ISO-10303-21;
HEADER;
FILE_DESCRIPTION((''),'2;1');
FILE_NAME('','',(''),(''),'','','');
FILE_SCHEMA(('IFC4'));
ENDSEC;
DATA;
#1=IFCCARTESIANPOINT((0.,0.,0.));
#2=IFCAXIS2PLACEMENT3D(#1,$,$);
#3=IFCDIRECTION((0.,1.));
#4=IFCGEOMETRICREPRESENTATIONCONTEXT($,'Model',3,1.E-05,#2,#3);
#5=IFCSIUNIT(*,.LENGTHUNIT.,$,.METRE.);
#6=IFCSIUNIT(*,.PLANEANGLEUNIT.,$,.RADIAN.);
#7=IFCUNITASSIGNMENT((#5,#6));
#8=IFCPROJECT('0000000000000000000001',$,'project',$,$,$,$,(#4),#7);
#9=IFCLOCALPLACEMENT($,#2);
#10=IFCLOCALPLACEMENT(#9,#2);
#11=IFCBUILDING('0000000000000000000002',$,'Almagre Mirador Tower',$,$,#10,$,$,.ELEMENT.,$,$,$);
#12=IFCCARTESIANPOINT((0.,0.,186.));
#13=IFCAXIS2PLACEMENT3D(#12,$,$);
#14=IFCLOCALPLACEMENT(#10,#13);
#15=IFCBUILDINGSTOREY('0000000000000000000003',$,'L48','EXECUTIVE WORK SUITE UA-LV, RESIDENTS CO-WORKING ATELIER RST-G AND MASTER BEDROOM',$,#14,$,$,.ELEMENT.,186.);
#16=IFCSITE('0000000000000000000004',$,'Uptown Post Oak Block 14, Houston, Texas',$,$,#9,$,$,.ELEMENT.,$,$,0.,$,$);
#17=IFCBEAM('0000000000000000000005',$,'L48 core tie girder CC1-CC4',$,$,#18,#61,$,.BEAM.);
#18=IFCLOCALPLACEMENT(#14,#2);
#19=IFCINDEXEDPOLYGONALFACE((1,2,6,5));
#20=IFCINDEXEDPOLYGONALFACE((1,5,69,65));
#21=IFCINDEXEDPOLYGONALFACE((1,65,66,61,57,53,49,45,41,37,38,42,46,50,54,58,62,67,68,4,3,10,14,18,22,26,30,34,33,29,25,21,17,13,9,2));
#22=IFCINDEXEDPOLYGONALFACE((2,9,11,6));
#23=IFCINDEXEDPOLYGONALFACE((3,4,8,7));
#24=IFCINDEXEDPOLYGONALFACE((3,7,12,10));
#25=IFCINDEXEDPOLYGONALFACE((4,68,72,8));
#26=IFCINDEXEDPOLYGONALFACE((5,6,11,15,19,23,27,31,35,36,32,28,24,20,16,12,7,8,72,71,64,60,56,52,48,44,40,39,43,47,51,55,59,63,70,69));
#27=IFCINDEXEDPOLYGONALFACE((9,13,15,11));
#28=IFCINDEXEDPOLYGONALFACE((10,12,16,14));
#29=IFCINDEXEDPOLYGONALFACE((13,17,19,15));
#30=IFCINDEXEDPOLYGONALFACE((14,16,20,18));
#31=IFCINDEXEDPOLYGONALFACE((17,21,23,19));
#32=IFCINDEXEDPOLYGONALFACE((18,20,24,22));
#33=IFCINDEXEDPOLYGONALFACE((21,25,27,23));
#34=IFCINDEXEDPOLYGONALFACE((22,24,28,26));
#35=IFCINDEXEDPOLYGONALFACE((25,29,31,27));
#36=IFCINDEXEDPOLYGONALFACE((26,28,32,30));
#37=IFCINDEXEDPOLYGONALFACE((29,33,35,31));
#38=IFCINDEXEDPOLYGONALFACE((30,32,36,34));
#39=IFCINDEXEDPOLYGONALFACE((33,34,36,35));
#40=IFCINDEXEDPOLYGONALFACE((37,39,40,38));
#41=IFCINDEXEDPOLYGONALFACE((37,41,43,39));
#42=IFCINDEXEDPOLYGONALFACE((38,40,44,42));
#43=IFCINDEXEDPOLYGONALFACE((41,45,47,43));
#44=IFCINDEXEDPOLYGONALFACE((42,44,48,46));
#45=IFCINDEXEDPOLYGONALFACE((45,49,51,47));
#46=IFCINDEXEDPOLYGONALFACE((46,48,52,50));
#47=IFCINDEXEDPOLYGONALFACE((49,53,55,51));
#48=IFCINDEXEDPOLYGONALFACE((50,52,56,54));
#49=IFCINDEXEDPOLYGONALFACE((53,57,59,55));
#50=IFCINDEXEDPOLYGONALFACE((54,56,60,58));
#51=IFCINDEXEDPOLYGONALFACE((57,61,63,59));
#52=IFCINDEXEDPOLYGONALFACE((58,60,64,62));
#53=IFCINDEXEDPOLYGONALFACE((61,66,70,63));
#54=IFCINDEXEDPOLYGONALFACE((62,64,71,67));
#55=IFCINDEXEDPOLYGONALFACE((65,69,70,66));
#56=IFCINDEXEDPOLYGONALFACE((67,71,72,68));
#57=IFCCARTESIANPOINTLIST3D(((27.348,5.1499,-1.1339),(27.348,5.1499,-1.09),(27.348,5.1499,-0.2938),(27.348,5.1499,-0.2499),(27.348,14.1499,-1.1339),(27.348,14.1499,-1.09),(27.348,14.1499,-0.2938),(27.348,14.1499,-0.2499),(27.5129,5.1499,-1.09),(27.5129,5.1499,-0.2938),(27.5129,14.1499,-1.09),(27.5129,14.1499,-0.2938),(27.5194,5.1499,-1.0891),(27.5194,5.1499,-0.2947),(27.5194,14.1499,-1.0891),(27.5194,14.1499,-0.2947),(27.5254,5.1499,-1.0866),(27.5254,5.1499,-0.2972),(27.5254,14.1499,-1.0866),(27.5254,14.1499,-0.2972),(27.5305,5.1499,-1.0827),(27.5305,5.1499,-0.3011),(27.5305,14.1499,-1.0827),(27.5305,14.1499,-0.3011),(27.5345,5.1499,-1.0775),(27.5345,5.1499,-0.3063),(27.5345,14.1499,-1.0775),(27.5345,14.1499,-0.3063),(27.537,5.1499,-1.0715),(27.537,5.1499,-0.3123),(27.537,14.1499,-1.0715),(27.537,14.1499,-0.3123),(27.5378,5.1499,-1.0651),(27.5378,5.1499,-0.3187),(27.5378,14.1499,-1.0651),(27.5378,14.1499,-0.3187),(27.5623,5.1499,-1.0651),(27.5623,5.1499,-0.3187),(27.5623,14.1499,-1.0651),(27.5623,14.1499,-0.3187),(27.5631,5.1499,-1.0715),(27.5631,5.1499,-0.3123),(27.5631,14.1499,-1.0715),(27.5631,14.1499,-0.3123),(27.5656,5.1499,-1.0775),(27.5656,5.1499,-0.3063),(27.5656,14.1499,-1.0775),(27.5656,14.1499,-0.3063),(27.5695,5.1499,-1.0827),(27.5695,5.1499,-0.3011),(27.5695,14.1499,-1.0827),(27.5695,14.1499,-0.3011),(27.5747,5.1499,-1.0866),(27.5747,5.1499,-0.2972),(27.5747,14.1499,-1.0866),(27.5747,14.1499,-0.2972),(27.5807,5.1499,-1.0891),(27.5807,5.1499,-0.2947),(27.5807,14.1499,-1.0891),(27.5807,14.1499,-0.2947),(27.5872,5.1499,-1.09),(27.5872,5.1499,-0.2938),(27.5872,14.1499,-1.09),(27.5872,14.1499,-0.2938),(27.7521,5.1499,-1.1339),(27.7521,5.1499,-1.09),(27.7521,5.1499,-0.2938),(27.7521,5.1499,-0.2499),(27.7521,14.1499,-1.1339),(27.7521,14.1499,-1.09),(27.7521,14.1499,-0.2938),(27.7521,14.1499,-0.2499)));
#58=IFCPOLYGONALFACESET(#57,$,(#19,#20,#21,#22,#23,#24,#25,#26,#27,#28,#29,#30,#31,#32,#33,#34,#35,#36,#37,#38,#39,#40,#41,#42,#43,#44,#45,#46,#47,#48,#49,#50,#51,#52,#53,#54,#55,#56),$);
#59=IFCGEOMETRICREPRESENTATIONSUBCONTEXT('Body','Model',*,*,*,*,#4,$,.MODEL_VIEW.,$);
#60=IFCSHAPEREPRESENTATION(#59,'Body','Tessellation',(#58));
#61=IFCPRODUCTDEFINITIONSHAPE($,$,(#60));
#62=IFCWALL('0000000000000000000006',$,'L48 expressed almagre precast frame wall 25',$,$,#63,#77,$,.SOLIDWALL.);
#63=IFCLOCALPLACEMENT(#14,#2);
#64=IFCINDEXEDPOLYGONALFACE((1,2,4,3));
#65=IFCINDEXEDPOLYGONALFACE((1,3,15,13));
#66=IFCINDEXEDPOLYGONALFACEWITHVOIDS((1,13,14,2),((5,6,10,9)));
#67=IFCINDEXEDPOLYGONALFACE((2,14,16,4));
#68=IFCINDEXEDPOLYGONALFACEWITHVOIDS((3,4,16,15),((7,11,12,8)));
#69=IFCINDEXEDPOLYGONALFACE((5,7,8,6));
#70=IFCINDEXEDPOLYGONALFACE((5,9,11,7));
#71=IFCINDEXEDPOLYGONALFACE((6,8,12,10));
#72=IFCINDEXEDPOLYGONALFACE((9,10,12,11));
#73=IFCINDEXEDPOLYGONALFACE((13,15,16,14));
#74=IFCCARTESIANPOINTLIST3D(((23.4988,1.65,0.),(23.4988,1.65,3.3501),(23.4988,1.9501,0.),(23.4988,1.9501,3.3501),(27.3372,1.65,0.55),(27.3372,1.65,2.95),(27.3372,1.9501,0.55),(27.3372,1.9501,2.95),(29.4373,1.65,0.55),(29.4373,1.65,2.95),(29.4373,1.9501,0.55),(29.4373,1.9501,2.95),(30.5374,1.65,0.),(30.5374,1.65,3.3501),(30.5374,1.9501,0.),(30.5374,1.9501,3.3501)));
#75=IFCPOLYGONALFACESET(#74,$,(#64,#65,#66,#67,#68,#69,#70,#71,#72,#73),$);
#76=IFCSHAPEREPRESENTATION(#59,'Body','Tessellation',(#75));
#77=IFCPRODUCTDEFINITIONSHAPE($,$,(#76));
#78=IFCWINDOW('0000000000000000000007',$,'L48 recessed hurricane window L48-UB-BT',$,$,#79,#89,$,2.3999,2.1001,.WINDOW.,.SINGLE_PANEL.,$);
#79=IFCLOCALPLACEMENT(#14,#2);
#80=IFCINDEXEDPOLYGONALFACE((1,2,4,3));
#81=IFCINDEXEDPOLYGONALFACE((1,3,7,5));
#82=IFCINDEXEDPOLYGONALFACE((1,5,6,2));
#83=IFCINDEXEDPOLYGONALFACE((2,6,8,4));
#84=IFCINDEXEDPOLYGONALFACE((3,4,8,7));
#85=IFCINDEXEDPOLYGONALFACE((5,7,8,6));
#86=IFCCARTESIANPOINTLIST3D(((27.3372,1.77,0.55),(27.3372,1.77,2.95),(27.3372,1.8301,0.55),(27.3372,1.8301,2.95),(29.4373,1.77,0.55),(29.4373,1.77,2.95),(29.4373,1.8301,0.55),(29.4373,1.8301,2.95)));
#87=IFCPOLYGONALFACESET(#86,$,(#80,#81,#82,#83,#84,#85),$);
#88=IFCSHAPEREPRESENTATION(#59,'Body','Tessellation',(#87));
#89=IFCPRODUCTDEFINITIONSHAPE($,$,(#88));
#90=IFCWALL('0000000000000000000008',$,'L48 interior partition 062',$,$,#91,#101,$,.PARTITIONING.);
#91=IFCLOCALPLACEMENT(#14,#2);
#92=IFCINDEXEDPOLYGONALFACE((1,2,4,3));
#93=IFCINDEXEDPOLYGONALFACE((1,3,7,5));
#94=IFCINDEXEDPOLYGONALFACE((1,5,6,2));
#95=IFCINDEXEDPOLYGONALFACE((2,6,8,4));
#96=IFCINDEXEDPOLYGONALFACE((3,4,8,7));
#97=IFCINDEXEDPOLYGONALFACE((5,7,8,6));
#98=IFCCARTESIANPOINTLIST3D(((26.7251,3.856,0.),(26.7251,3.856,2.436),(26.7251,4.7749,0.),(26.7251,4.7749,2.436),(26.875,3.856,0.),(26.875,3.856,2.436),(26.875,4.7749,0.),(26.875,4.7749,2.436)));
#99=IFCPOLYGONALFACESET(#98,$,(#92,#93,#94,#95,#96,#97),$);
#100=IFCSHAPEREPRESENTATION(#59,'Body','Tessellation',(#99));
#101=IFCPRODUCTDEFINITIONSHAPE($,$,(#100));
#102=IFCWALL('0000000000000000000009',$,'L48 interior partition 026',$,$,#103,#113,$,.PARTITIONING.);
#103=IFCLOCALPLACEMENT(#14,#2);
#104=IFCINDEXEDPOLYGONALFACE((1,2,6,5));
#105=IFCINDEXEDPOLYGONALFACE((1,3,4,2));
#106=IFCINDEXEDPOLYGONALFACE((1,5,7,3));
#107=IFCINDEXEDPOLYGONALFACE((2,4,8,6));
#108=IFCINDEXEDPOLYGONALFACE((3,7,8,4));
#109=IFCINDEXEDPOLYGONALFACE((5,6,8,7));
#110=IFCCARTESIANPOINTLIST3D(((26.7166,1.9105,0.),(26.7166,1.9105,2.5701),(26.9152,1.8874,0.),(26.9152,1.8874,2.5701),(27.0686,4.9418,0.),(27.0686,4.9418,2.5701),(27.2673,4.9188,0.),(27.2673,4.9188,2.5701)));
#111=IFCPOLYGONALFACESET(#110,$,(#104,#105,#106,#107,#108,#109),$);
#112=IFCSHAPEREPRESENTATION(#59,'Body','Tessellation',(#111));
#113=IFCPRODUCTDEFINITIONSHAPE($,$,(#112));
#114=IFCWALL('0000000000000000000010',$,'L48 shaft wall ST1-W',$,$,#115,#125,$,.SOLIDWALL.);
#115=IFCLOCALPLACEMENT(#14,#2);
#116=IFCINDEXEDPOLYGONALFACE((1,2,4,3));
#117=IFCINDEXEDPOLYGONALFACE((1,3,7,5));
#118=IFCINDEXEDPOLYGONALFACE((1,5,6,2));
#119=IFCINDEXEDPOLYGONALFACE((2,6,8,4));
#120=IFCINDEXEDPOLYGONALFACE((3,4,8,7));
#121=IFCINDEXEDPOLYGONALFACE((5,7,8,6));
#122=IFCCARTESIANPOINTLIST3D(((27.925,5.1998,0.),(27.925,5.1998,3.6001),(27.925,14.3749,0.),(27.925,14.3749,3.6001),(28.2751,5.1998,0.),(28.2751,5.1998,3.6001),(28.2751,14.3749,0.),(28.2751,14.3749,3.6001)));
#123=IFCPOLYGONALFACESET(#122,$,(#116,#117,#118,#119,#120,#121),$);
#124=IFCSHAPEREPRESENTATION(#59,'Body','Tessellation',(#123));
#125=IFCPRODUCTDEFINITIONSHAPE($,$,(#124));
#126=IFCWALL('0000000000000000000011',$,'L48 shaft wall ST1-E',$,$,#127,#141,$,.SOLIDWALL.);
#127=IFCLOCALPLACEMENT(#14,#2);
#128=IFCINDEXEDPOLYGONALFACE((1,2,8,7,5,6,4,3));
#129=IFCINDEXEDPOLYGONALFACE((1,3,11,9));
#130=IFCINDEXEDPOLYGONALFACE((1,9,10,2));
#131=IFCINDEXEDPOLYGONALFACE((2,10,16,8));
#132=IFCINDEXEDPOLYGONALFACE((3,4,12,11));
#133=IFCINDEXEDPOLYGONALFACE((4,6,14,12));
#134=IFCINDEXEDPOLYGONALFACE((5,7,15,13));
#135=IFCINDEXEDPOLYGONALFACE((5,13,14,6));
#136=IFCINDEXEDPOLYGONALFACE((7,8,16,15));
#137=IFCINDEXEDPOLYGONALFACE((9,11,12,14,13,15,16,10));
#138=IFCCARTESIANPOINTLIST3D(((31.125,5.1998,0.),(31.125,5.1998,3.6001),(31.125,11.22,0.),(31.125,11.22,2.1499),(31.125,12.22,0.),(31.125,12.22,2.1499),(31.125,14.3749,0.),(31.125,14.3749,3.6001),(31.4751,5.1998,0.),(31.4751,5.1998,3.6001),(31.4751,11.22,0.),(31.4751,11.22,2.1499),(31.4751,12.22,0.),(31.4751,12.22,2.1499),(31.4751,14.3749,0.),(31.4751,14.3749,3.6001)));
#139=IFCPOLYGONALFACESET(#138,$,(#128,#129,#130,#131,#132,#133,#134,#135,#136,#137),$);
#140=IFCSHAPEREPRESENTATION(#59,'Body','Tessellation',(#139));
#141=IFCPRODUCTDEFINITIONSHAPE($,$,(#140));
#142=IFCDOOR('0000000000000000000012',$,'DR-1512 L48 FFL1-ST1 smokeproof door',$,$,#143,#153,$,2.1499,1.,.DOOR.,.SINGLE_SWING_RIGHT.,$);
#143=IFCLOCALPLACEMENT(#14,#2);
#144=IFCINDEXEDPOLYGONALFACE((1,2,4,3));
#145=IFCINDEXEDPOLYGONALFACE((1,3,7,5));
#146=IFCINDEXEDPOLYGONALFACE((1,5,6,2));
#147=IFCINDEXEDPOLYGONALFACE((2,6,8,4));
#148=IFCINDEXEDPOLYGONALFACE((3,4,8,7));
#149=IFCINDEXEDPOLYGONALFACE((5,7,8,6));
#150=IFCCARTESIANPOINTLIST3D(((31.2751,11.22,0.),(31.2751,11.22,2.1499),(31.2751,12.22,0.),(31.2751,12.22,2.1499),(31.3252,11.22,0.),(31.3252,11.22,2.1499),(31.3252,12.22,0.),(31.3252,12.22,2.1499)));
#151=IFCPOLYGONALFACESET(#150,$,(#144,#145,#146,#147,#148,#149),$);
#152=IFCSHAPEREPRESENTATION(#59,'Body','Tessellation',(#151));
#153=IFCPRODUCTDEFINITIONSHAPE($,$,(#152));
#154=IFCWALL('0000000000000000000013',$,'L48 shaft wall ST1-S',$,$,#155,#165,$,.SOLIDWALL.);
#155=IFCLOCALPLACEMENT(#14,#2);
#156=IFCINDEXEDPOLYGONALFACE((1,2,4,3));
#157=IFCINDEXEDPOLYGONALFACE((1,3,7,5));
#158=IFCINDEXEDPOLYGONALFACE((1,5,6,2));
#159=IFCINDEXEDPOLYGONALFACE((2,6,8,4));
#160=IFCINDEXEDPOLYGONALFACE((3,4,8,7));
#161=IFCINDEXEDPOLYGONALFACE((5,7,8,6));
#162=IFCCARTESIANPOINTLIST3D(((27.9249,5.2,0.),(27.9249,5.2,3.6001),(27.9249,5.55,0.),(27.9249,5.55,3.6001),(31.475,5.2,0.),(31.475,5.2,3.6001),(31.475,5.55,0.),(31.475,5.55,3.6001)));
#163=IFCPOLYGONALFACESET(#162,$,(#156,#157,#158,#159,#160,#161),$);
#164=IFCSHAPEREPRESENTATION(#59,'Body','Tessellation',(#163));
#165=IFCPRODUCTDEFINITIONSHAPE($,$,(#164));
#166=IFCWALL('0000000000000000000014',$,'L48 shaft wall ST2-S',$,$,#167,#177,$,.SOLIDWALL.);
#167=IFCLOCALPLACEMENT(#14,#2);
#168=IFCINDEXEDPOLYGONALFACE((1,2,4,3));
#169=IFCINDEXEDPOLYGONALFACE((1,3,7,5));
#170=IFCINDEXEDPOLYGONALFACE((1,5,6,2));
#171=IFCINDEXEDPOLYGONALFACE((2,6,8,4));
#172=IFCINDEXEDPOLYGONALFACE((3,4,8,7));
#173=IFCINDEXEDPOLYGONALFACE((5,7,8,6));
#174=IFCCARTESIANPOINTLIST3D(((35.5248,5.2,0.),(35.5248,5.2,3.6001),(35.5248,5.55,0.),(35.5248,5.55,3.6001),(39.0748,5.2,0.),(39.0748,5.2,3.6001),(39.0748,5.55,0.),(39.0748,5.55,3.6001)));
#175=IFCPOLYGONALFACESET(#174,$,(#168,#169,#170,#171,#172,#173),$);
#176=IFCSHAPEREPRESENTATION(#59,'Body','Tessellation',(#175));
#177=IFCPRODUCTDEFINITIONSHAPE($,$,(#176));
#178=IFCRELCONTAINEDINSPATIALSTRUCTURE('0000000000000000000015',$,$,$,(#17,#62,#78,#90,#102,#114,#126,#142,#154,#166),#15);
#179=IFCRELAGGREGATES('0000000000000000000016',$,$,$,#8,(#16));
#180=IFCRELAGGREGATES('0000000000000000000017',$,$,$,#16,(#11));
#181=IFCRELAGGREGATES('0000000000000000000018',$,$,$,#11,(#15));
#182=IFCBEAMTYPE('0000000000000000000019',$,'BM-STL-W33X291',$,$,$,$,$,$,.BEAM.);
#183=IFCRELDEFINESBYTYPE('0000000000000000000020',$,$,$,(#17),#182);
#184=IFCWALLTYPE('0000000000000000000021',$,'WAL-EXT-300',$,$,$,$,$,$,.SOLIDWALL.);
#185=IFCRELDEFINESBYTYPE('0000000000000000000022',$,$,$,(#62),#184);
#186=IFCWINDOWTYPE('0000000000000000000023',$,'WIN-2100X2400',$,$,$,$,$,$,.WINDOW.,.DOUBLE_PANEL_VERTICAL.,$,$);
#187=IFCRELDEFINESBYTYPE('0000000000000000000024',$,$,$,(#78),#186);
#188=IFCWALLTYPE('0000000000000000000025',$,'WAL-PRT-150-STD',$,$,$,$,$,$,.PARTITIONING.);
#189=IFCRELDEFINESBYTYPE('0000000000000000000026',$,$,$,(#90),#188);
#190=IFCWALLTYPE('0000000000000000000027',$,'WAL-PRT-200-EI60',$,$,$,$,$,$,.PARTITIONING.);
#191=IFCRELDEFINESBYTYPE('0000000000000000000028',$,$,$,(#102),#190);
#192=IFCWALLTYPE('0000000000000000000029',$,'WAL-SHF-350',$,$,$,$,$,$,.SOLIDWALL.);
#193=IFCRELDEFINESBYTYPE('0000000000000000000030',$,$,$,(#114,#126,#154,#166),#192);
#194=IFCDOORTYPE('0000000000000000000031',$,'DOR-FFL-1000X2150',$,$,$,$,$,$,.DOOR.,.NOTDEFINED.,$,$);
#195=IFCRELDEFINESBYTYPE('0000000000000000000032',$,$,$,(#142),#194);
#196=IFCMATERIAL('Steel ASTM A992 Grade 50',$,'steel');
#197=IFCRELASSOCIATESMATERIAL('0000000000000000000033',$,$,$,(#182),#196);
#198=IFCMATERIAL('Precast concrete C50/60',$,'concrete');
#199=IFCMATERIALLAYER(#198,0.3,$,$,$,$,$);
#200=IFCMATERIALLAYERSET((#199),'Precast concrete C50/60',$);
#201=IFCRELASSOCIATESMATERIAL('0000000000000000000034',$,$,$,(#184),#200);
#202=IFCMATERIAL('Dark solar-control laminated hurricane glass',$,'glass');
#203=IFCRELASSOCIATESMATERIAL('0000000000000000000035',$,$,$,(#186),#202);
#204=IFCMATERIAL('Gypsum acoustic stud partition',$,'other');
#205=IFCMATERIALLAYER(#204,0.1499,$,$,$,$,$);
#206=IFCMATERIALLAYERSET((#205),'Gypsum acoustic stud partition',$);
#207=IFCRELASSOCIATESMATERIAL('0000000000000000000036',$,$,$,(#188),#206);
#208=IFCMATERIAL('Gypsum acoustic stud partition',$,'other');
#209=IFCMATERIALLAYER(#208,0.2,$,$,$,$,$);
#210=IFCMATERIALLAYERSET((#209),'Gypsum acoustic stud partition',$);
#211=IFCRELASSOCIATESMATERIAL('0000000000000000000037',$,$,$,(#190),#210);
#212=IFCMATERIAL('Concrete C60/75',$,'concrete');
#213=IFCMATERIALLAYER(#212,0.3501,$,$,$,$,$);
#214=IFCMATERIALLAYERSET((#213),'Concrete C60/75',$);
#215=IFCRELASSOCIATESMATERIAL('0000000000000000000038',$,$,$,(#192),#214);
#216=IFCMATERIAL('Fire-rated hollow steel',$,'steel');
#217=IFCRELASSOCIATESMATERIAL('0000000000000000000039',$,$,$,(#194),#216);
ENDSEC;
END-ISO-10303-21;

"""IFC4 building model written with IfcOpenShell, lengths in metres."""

from ifc_helpers import new_model, si_unit, direction, frame, frame_2d, origin, origin_2d, place, context, subcontext, project, spatial, rectangle, i_section, extrude, material, layer, layer_set, material_profile, profile_set, type_object, element, fill, save


model = new_model("IFC4")

# Units and contexts
model_context = context("Model", 3, precision=1e-05, world=origin(), true_north=direction((0.0, 1.0)))
body_context = subcontext(model_context, "Body", "Model", "MODEL_VIEW")
ifc_project = project(units=[si_unit("LENGTHUNIT", "METRE"), si_unit("PLANEANGLEUNIT", "RADIAN")], contexts=[model_context])

# Site, building, storey
site_placement = place(None, origin())
site = spatial("IfcSite", under=ifc_project, at=site_placement, Name="Uptown Post Oak Block 14, Houston, Texas", CompositionType="ELEMENT", RefElevation=0.0)
building_placement = place(site_placement, origin())
building = spatial("IfcBuilding", under=site, at=building_placement, Name="Almagre Mirador Tower", CompositionType="ELEMENT")
storey_placement = place(building_placement, frame((0.0, 0.0, 186.0)))
storey = spatial("IfcBuildingStorey", under=building, at=storey_placement, Name="L48", Description="EXECUTIVE WORK SUITE UA-LV, RESIDENTS CO-WORKING ATELIER RST-G AND MASTER BEDROOM", CompositionType="ELEMENT", Elevation=186.0)

# Beam
ifc_material_1 = material(Name="Steel ASTM A992 Grade 50", Category="steel")
ifc_material_profile_1 = material_profile(ifc_material_1, i_section(OverallWidth=0.4041, OverallDepth=0.884, WebThickness=0.0244, FlangeThickness=0.0439, FilletRadius=0.0249, at=origin_2d()), Name="W33X291")
ifc_profile_set_1 = profile_set([ifc_material_profile_1], Name="Steel ASTM A992 Grade 50")
beam_type_1 = type_object("IfcBeamType", Name="BM-STL-W33X291", PredefinedType="BEAM", material=ifc_profile_set_1)
beam_1_placement = place(storey_placement, frame((27.55, 5.1499, -0.6919), z_axis=(0.0, 1.0, 0.0), x_axis=(-1.0, 0.0, 0.0)))
element("IfcBeam", 1, at=beam_1_placement, inside=storey, type_object=beam_type_1, Name="L48 core tie girder CC1-CC4", PredefinedType="BEAM", context=body_context, shape_type="SweptSolid", body=[
    extrude(i_section(OverallWidth=0.4041, OverallDepth=0.884, WebThickness=0.0244, FlangeThickness=0.0439, FilletRadius=0.0249, at=origin_2d()), origin(), (0.0, 0.0, 1.0), 9.0),
])

# Wall, opening, window
ifc_material_2 = material(Name="Precast concrete C50/60", Category="concrete")
ifc_layer_1 = layer(ifc_material_2, 0.3)
ifc_layer_set_1 = layer_set([ifc_layer_1], Name="Precast concrete C50/60")
wall_type_1 = type_object("IfcWallType", Name="WAL-EXT-300", PredefinedType="SOLIDWALL", material=ifc_layer_set_1)
wall_1_placement = place(storey_placement, frame((30.5374, 1.8, 0.0), z_axis=(0.0, 0.0, 1.0), x_axis=(-1.0, 0.0, 0.0)))
wall_1 = element("IfcWall", 2, at=wall_1_placement, inside=storey, type_object=wall_type_1, Name="L48 expressed almagre precast frame wall 25", PredefinedType="SOLIDWALL", context=body_context, shape_type="SweptSolid", body=[
    extrude(rectangle(XDim=7.0386, YDim=0.3, at=frame_2d((3.5193, 0.0))), origin(), (0.0, 0.0, 1.0), 3.3501),
])
opening_1_placement = place(wall_1_placement, frame((1.1001, 0.0, 0.55)))
opening_1 = element("IfcOpeningElement", 3, at=opening_1_placement, cuts=wall_1, PredefinedType="OPENING", context=body_context, shape_type="SweptSolid", body=[
    extrude(rectangle(XDim=2.1001, YDim=2.3999, at=frame_2d((1.05, 1.2))), frame((0.0, 0.1599, 0.0), z_axis=(0.0, -1.0, 0.0), x_axis=(1.0, 0.0, 0.0)), (0.0, 0.0, 1.0), 0.32),
])
ifc_material_3 = material(Name="Dark solar-control laminated hurricane glass", Category="glass")
window_type = type_object("IfcWindowType", Name="WIN-2100X2400", PartitioningType="DOUBLE_PANEL_VERTICAL", PredefinedType="WINDOW", material=ifc_material_3)
window_placement = place(opening_1_placement, origin())
window = element("IfcWindow", 4, at=window_placement, inside=storey, type_object=window_type, Name="L48 recessed hurricane window L48-UB-BT", OverallHeight=2.3999, OverallWidth=2.1001, PartitioningType="SINGLE_PANEL", PredefinedType="WINDOW", context=body_context, shape_type="SweptSolid", body=[
    extrude(rectangle(XDim=2.1001, YDim=2.3999, at=frame_2d((1.05, 1.2))), frame((0.0, 0.03, 0.0), z_axis=(0.0, -1.0, 0.0), x_axis=(1.0, 0.0, 0.0)), (0.0, 0.0, 1.0), 0.0601),
])
fill(opening_1, window)

# Walls
ifc_material_4 = material(Name="Gypsum acoustic stud partition", Category="other")
ifc_layer_2 = layer(ifc_material_4, 0.1499)
ifc_layer_set_2 = layer_set([ifc_layer_2], Name="Gypsum acoustic stud partition")
wall_type_2 = type_object("IfcWallType", Name="WAL-PRT-150-STD", PredefinedType="PARTITIONING", material=ifc_layer_set_2)
wall_2_placement = place(storey_placement, frame((26.8, 3.856, 0.0), z_axis=(0.0, 0.0, 1.0), x_axis=(0.0, 1.0, 0.0)))
element("IfcWall", 5, at=wall_2_placement, inside=storey, type_object=wall_type_2, Name="L48 interior partition 062", PredefinedType="PARTITIONING", context=body_context, shape_type="SweptSolid", body=[
    extrude(rectangle(XDim=0.9189, YDim=0.1499, at=frame_2d((0.4595, 0.0))), origin(), (0.0, 0.0, 1.0), 2.436),
])
ifc_material_5 = material(Name="Gypsum acoustic stud partition", Category="other")
ifc_layer_3 = layer(ifc_material_5, 0.2)
ifc_layer_set_3 = layer_set([ifc_layer_3], Name="Gypsum acoustic stud partition")
wall_type_3 = type_object("IfcWallType", Name="WAL-PRT-200-EI60", PredefinedType="PARTITIONING", material=ifc_layer_set_3)
wall_3_placement = place(storey_placement, frame((26.8159, 1.8989, 0.0), z_axis=(0.0, 0.0, 1.0), x_axis=(0.115356, 0.993324, 0.0)))
element("IfcWall", 6, at=wall_3_placement, inside=storey, type_object=wall_type_3, Name="L48 interior partition 026", PredefinedType="PARTITIONING", context=body_context, shape_type="SweptSolid", body=[
    extrude(rectangle(XDim=3.0518, YDim=0.2, at=frame_2d((1.5259, 0.0))), origin(), (0.0, 0.0, 1.0), 2.5701),
])
ifc_material_6 = material(Name="Concrete C60/75", Category="concrete")
ifc_layer_4 = layer(ifc_material_6, 0.3501)
ifc_layer_set_4 = layer_set([ifc_layer_4], Name="Concrete C60/75")
wall_type_4 = type_object("IfcWallType", Name="WAL-SHF-350", PredefinedType="SOLIDWALL", material=ifc_layer_set_4)
wall_4_placement = place(storey_placement, frame((28.1001, 5.2, 0.0), z_axis=(0.0, 0.0, 1.0), x_axis=(0.0, 1.0, 0.0)))
element("IfcWall", 7, at=wall_4_placement, inside=storey, type_object=wall_type_4, Name="L48 shaft wall ST1-W", PredefinedType="SOLIDWALL", context=body_context, shape_type="SweptSolid", body=[
    extrude(rectangle(XDim=9.175, YDim=0.3501, at=frame_2d((4.5874, 0.0))), origin(), (0.0, 0.0, 1.0), 3.6001),
])

# Wall, opening, door
wall_5_placement = place(storey_placement, frame((31.3, 5.2, 0.0), z_axis=(0.0, 0.0, 1.0), x_axis=(0.0, 1.0, 0.0)))
wall_5 = element("IfcWall", 8, at=wall_5_placement, inside=storey, type_object=wall_type_4, Name="L48 shaft wall ST1-E", PredefinedType="SOLIDWALL", context=body_context, shape_type="SweptSolid", body=[
    extrude(rectangle(XDim=9.175, YDim=0.3501, at=frame_2d((4.5874, 0.0))), origin(), (0.0, 0.0, 1.0), 3.6001),
])
opening_2_placement = place(wall_5_placement, frame((6.02, 0.0, 0.0)))
opening_2 = element("IfcOpeningElement", 9, at=opening_2_placement, cuts=wall_5, PredefinedType="OPENING", context=body_context, shape_type="SweptSolid", body=[
    extrude(rectangle(XDim=1.0, YDim=2.1499, at=frame_2d((0.5, 1.075))), frame((0.0, 0.185, 0.0), z_axis=(0.0, -1.0, 0.0), x_axis=(1.0, 0.0, 0.0)), (0.0, 0.0, 1.0), 0.3701),
])
ifc_material_7 = material(Name="Fire-rated hollow steel", Category="steel")
door_type_1 = type_object("IfcDoorType", Name="DOR-FFL-1000X2150", OperationType="NOTDEFINED", PredefinedType="DOOR", material=ifc_material_7)
door_1_placement = place(opening_2_placement, origin())
door_1 = element("IfcDoor", 10, at=door_1_placement, inside=storey, type_object=door_type_1, Name="DR-1512 L48 FFL1-ST1 smokeproof door", OperationType="SINGLE_SWING_RIGHT", OverallHeight=2.1499, OverallWidth=1.0, PredefinedType="DOOR", context=body_context, shape_type="SweptSolid", body=[
    extrude(rectangle(XDim=1.0, YDim=2.1499, at=frame_2d((0.5, 1.075))), frame((0.0, 0.0249, 0.0), z_axis=(0.0, -1.0, 0.0), x_axis=(1.0, 0.0, 0.0)), (0.0, 0.0, 1.0), 0.05),
])
fill(opening_2, door_1)

# Walls
for number, where, z_axis, x_axis, name in (
    (11, (27.925, 5.375, 0.0), (0.0, 0.0, 1.0), (1.0, 0.0, 0.0), "L48 shaft wall ST1-S"),
    (12, (35.5249, 5.375, 0.0), (0.0, 0.0, 1.0), (1.0, 0.0, 0.0), "L48 shaft wall ST2-S"),
):
    element("IfcWall", number, at=place(storey_placement, frame(where, z_axis=z_axis, x_axis=x_axis)), inside=storey, type_object=wall_type_4, Name=name, PredefinedType="SOLIDWALL", context=body_context, shape_type="SweptSolid", body=[
        extrude(rectangle(XDim=3.55, YDim=0.3501, at=frame_2d((1.7749, 0.0))), origin(), (0.0, 0.0, 1.0), 3.6001),
    ])

save(model, "model.ifc")
